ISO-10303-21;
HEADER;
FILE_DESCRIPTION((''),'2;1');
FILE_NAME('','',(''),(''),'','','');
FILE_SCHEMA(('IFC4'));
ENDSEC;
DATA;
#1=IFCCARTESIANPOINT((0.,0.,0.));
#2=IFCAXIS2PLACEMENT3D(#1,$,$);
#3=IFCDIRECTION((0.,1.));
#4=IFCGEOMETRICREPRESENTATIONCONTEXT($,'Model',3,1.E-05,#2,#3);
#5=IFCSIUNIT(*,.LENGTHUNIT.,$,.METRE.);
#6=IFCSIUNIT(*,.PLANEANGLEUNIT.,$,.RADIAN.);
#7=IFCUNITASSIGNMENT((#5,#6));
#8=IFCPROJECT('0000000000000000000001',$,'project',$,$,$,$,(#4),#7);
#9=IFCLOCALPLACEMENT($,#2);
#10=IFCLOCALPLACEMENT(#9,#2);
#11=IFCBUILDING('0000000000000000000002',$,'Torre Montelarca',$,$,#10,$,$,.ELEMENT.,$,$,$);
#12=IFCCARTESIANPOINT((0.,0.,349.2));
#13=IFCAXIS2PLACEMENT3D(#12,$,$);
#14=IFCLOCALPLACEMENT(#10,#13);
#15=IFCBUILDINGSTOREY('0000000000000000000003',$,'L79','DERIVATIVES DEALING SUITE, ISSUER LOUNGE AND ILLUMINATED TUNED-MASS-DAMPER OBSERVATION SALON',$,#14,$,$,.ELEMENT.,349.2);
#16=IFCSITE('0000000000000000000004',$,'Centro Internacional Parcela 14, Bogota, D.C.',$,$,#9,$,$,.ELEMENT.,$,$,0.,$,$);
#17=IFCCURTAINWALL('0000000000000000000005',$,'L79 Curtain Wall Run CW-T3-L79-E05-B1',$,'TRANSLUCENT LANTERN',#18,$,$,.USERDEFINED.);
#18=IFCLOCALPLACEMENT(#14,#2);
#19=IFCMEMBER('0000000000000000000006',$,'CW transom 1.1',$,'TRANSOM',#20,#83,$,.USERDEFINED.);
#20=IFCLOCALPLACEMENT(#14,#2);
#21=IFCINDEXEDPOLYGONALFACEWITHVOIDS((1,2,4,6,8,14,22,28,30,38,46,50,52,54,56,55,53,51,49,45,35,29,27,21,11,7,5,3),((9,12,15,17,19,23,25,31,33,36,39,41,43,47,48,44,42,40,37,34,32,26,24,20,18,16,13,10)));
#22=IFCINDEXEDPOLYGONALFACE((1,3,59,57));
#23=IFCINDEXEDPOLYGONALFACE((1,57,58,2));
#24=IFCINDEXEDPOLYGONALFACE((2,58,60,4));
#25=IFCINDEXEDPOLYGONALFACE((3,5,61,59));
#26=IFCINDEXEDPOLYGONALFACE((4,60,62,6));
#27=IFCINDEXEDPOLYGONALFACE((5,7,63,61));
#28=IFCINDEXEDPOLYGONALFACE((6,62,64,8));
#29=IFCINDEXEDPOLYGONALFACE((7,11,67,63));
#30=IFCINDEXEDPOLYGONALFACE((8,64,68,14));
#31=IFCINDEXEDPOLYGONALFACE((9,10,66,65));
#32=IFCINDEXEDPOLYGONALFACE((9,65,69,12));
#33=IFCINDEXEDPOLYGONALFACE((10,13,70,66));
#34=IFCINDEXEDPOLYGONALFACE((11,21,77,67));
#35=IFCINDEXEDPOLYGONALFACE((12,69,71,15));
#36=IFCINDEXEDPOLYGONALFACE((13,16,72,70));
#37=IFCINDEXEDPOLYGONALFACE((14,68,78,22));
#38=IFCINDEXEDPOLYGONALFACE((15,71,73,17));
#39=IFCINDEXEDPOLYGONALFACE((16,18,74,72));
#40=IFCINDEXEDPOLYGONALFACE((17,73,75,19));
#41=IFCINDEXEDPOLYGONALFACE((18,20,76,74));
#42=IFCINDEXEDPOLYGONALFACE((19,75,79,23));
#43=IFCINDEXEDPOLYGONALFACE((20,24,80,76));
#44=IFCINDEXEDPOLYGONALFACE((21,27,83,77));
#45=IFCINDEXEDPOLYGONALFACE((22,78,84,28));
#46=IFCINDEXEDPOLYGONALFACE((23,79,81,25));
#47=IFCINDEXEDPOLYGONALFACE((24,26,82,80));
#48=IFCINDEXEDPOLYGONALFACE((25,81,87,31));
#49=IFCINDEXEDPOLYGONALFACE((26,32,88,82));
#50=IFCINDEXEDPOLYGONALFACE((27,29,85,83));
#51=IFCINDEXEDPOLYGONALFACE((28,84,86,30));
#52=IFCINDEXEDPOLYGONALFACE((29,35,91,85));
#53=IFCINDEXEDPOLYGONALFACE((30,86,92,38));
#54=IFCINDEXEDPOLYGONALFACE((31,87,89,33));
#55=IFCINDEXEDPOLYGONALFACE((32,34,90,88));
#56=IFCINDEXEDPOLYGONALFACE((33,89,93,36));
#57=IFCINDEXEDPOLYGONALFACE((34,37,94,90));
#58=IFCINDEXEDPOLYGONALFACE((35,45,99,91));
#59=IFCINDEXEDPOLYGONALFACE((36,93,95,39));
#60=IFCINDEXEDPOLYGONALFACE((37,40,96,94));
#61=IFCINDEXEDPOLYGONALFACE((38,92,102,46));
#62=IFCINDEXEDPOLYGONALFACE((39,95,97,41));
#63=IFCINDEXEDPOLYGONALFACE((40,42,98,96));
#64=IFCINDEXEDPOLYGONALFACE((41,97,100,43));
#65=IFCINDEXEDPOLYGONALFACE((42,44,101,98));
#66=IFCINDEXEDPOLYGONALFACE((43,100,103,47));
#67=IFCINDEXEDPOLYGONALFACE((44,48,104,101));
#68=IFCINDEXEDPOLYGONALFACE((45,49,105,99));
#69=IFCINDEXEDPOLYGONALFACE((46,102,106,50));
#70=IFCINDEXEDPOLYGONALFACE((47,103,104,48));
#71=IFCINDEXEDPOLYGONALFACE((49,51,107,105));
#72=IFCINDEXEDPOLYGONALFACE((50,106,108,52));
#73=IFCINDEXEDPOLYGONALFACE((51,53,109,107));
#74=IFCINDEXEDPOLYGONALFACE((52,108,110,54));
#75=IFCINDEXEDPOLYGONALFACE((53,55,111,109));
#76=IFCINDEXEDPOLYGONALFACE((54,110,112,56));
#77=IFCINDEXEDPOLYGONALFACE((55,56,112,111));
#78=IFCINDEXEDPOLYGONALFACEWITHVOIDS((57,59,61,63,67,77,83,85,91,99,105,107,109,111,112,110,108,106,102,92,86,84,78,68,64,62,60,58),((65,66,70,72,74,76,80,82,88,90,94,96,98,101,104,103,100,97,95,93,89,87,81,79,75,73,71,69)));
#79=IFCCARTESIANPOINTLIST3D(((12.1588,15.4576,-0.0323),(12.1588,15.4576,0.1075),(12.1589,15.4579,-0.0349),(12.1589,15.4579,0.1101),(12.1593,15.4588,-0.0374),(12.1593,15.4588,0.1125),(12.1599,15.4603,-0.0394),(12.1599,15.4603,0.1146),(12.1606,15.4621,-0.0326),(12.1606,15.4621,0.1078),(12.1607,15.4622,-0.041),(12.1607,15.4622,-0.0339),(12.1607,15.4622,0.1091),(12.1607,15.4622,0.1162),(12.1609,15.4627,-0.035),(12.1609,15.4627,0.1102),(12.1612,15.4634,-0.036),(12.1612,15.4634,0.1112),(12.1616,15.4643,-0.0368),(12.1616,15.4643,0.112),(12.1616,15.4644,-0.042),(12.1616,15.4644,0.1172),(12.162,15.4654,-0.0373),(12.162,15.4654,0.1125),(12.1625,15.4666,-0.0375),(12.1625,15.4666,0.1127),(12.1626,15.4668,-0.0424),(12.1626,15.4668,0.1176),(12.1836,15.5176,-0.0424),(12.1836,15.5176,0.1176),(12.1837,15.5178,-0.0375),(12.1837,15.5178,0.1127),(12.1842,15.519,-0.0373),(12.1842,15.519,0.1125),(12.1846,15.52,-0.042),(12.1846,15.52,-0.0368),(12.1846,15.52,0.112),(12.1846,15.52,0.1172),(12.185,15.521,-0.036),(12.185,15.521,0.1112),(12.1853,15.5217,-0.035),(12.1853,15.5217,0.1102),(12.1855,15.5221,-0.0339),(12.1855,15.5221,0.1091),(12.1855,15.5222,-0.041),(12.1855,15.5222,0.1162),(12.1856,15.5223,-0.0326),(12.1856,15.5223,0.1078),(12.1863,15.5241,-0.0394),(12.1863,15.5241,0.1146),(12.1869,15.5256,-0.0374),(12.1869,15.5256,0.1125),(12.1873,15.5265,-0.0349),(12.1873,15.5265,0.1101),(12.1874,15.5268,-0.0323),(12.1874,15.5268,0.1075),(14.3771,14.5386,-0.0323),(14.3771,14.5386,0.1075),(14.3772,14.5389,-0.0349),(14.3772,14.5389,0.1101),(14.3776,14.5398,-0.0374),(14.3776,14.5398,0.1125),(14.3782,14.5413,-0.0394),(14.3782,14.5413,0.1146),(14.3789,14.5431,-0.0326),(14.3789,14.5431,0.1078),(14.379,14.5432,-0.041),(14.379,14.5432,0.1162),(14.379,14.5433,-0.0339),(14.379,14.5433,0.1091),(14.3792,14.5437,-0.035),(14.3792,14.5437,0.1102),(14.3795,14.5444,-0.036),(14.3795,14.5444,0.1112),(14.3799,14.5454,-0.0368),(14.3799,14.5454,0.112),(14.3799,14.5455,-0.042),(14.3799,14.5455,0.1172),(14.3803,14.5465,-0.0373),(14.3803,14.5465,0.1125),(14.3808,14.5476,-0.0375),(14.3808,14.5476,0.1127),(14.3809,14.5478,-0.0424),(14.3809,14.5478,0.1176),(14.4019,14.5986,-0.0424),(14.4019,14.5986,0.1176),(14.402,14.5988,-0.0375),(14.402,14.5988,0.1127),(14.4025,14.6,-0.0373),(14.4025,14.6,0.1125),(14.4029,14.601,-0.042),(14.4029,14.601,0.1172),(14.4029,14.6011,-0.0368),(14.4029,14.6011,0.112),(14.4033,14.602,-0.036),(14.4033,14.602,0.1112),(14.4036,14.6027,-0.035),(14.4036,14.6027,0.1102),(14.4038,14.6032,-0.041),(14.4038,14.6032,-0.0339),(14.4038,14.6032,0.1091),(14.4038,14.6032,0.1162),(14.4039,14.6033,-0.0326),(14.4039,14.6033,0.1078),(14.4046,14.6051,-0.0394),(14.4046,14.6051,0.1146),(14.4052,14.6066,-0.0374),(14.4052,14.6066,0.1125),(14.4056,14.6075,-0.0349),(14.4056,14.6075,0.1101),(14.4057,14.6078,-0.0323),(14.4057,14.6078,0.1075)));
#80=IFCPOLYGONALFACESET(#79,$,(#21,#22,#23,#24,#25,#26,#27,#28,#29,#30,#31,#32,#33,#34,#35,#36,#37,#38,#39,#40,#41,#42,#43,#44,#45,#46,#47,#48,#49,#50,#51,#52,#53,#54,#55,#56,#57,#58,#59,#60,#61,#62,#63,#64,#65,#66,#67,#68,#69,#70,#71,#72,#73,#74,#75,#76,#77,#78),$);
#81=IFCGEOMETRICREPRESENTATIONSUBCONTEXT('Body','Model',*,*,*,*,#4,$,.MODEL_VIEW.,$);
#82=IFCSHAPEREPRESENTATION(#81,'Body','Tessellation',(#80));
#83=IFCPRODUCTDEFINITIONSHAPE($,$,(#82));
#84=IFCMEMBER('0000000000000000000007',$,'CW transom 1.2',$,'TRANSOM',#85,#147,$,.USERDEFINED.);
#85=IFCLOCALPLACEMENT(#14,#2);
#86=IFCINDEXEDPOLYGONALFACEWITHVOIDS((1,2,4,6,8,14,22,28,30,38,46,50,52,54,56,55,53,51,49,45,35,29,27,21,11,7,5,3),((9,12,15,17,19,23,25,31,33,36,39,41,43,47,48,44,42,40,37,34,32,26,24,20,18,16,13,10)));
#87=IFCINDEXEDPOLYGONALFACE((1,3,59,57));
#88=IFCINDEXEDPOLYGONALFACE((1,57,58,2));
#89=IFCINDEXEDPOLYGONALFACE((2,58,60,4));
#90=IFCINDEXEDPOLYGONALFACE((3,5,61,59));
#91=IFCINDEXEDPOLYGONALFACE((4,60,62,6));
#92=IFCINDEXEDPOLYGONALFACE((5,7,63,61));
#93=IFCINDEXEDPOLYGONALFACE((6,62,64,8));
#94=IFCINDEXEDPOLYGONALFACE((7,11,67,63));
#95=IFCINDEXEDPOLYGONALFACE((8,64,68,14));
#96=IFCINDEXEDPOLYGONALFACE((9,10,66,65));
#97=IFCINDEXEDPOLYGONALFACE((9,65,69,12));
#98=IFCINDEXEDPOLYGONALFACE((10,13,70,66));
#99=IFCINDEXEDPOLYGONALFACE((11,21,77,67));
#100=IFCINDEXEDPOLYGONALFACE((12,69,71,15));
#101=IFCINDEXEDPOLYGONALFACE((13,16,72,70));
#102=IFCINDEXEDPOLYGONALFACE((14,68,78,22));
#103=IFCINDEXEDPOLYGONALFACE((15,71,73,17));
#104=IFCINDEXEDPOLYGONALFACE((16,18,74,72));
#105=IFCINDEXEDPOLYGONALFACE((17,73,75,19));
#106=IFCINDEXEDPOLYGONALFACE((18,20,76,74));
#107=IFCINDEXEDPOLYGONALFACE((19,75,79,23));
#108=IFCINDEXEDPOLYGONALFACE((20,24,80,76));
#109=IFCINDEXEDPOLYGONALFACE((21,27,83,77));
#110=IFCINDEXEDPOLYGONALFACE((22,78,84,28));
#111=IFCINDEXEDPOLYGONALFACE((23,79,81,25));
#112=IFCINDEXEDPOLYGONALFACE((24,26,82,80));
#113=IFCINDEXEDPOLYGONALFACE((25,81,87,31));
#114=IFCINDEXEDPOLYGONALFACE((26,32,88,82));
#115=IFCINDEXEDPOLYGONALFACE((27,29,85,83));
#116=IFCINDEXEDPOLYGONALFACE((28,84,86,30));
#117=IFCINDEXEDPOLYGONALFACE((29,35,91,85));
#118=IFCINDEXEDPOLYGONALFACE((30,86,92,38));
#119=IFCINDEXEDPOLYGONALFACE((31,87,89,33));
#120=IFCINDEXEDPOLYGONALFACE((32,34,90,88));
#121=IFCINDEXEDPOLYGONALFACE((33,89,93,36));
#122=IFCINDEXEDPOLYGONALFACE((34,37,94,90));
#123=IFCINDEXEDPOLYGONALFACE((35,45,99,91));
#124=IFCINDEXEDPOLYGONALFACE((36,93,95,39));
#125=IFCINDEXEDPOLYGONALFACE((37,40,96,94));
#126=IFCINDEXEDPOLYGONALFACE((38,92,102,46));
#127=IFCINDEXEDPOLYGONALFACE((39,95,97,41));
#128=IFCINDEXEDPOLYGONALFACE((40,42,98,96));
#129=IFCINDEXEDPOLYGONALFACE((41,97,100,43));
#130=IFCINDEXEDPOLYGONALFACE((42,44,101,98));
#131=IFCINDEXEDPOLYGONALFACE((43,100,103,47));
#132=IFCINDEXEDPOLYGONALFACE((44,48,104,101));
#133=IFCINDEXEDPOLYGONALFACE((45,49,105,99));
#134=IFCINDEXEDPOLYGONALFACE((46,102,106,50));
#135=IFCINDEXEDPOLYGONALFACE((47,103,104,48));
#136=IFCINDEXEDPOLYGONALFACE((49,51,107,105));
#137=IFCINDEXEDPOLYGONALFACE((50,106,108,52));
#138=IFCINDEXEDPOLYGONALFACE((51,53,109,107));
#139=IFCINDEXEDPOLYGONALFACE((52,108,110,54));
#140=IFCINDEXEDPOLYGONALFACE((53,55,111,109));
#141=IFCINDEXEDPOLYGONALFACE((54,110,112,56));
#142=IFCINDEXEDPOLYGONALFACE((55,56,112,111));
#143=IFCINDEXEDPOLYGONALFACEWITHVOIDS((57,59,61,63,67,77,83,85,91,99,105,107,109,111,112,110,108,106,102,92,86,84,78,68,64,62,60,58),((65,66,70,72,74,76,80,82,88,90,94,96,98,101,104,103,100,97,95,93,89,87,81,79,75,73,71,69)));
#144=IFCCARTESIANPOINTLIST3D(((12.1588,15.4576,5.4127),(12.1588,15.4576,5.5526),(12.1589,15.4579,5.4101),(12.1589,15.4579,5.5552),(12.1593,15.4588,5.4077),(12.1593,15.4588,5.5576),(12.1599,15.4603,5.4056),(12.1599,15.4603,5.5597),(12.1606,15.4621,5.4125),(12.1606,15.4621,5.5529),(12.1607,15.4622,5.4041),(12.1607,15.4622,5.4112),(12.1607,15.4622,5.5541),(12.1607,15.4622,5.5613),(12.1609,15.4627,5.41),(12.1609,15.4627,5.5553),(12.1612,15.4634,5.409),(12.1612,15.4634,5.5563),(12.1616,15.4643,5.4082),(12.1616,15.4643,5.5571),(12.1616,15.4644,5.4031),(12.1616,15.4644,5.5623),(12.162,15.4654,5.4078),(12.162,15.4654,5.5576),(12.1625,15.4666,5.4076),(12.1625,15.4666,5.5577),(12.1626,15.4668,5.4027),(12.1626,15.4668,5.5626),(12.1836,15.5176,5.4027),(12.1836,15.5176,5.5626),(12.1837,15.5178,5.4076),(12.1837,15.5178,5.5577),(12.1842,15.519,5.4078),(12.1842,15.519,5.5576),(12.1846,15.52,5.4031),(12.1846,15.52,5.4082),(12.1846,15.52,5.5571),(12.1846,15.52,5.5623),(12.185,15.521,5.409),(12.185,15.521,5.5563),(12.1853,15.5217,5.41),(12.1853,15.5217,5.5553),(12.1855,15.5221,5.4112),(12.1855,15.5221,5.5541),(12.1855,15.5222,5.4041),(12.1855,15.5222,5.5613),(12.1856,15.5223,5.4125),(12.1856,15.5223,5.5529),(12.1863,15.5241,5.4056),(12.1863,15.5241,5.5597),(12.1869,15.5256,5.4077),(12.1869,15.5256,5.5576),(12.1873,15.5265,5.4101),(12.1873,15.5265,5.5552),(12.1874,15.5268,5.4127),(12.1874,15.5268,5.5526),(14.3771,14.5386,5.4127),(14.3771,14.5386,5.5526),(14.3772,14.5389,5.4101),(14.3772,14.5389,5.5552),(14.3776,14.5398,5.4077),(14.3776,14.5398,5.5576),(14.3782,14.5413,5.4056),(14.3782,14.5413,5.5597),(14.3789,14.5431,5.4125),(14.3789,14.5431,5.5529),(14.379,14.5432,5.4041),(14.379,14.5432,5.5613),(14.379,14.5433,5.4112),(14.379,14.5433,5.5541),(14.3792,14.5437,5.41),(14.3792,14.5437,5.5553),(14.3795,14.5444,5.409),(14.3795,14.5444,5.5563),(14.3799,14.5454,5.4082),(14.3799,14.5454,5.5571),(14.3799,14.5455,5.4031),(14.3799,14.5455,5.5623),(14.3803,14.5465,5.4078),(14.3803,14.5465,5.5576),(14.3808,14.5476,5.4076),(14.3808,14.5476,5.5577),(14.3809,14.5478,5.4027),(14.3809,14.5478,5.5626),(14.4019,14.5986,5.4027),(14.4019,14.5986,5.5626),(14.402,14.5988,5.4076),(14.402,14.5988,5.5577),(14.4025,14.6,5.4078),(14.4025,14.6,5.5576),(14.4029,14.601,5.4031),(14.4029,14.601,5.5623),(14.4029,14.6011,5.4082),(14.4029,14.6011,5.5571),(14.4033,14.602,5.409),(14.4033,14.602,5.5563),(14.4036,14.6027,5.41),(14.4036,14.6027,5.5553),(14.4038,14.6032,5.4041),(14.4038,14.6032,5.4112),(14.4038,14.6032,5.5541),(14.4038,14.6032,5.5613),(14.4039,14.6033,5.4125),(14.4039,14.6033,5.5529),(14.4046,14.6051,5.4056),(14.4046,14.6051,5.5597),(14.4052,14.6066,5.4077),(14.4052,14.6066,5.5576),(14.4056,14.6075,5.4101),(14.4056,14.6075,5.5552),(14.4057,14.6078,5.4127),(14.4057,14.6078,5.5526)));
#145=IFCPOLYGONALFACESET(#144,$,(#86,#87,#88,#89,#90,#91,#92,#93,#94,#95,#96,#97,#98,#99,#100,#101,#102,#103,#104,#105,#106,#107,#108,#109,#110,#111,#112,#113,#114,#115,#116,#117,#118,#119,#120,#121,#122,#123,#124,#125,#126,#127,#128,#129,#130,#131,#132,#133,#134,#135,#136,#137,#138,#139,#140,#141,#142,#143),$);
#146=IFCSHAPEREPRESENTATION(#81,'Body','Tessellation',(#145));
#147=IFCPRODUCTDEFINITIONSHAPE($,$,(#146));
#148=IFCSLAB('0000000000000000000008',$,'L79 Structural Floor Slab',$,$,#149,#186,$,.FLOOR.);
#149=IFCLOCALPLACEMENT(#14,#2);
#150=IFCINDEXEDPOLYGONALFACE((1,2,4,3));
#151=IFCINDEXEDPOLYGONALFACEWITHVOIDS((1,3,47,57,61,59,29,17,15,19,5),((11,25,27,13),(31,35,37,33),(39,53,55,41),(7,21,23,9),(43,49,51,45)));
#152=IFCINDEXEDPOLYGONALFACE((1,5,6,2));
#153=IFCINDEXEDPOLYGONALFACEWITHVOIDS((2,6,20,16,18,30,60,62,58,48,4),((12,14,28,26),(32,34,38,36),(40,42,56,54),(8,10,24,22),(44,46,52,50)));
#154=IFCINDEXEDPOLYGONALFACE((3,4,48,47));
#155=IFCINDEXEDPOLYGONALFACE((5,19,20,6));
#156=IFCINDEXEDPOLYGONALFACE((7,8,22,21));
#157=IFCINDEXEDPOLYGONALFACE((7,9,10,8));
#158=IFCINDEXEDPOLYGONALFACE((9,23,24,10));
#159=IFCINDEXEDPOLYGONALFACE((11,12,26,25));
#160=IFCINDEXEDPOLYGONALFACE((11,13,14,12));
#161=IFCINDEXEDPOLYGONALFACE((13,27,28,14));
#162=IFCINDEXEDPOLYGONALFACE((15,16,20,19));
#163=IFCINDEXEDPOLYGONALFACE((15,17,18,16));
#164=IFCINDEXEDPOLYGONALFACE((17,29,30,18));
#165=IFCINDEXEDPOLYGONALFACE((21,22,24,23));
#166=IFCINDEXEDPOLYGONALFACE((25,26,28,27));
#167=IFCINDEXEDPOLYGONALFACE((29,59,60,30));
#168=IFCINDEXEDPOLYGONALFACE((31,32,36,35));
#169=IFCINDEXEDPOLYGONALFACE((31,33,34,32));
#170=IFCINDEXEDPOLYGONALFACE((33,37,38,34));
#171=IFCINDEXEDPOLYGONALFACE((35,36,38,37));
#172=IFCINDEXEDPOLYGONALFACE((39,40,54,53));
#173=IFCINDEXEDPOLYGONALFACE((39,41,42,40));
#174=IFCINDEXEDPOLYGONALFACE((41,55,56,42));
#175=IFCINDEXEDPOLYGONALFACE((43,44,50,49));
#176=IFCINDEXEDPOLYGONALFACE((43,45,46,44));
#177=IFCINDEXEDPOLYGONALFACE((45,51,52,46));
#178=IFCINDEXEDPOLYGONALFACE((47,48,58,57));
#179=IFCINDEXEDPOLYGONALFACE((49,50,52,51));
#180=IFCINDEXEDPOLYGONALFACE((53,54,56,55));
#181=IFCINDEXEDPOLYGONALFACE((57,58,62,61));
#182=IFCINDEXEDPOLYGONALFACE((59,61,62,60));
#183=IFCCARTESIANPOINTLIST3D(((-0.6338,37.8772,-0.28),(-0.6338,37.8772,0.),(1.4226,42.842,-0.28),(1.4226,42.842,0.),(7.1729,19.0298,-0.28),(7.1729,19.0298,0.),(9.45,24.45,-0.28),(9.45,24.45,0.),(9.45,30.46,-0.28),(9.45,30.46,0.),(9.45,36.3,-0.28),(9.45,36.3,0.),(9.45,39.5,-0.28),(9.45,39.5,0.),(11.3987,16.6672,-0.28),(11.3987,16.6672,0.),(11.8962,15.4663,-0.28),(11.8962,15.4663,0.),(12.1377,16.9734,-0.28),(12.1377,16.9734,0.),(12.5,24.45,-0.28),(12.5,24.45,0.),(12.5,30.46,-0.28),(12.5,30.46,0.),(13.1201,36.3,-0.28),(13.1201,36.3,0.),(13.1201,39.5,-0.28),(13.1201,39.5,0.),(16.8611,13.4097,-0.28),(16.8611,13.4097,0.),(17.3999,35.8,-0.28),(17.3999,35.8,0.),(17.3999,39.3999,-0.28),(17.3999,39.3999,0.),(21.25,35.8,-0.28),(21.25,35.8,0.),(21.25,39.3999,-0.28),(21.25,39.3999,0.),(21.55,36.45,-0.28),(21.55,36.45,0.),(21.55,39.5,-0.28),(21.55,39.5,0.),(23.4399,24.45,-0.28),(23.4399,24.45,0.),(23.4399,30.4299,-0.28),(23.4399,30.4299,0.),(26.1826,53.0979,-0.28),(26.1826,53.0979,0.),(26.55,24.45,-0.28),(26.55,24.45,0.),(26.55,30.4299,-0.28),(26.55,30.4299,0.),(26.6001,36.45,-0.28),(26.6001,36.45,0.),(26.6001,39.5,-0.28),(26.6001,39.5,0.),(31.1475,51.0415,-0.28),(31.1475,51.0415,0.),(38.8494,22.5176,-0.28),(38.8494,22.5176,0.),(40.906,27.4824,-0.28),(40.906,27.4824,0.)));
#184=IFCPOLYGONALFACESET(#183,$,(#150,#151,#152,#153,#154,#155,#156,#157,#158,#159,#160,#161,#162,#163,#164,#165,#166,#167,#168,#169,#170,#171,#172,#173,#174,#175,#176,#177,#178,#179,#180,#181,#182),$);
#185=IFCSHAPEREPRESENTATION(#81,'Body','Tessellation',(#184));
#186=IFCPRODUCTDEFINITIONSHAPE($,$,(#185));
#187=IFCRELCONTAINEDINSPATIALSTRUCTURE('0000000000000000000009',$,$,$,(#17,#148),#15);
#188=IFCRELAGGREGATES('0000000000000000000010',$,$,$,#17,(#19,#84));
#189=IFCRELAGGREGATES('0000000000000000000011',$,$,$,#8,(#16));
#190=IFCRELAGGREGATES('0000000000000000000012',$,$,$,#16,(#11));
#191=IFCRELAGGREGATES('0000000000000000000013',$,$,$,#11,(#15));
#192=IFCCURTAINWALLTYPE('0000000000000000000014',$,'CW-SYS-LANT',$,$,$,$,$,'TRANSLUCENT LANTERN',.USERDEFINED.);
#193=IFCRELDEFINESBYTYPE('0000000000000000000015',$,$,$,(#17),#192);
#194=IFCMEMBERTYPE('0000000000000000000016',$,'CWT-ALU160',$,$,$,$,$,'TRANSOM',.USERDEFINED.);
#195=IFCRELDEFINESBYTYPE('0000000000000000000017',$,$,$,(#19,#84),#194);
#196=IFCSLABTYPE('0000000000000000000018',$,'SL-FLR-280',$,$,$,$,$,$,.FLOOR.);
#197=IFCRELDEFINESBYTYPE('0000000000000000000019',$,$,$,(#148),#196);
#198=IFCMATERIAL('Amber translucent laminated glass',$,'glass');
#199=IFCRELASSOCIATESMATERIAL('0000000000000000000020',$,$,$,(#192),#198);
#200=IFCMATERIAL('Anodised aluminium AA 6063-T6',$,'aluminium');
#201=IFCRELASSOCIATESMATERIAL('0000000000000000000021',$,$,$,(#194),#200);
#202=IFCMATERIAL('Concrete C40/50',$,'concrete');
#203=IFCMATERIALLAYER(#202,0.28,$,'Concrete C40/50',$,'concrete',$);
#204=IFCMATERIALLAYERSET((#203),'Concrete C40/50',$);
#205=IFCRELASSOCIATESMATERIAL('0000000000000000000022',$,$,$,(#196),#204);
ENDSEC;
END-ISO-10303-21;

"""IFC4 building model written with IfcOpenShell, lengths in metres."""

from ifc_helpers import new_model, si_unit, direction, frame, origin, origin_2d, place, context, subcontext, project, spatial, polyline, hollow_rectangle, outline, extrude, source, transform, mapped, material, layer, layer_set, material_profile, profile_set, type_object, element, aggregate, save


model = new_model("IFC4")

# Units and contexts
model_context = context("Model", 3, precision=1e-05, world=origin(), true_north=direction((0.0, 1.0)))
body_context = subcontext(model_context, "Body", "Model", "MODEL_VIEW")
ifc_project = project(units=[si_unit("LENGTHUNIT", "METRE"), si_unit("PLANEANGLEUNIT", "RADIAN")], contexts=[model_context])

# Site, building, storey
site_placement = place(None, origin())
site = spatial("IfcSite", under=ifc_project, at=site_placement, Name="Centro Internacional Parcela 14, Bogota, D.C.", CompositionType="ELEMENT", RefElevation=0.0)
building_placement = place(site_placement, origin())
building = spatial("IfcBuilding", under=site, at=building_placement, Name="Torre Montelarca", CompositionType="ELEMENT")
storey_placement = place(building_placement, frame((0.0, 0.0, 349.2)))
storey = spatial("IfcBuildingStorey", under=building, at=storey_placement, Name="L79", Description="DERIVATIVES DEALING SUITE, ISSUER LOUNGE AND ILLUMINATED TUNED-MASS-DAMPER OBSERVATION SALON", CompositionType="ELEMENT", Elevation=349.2)

# Curtain wall
ifc_material_1 = material(Name="Amber translucent laminated glass", Category="glass")
curtain_wall_type = type_object("IfcCurtainWallType", Name="CW-SYS-LANT", ElementType="TRANSLUCENT LANTERN", PredefinedType="USERDEFINED", material=ifc_material_1)
ifc_material_2 = material(Name="Anodised aluminium AA 6063-T6", Category="aluminium")
curtain_wall_1_placement = place(storey_placement, origin())
curtain_wall_1 = element("IfcCurtainWall", 1, at=curtain_wall_1_placement, inside=storey, type_object=curtain_wall_type, Name="L79 Curtain Wall Run CW-T3-L79-E05-B1", ObjectType="TRANSLUCENT LANTERN", PredefinedType="USERDEFINED")

# Members
ifc_material_profile_1 = material_profile(ifc_material_2, hollow_rectangle(XDim=0.075, YDim=0.1599, WallThickness=0.0049, InnerFilletRadius=0.0049, OuterFilletRadius=0.01, at=origin_2d()), Name="ALU75X160X5", Category="aluminium")
ifc_profile_set_1 = profile_set([ifc_material_profile_1], Name="Anodised aluminium AA 6063-T6")
member_type_1 = type_object("IfcMemberType", Name="CWT-ALU160", ElementType="TRANSOM", PredefinedType="USERDEFINED", material=ifc_profile_set_1)
shared_shape_1 = source(origin(), body_context, "Body", "SweptSolid", [
    extrude(hollow_rectangle(XDim=0.075, YDim=0.1599, WallThickness=0.0049, InnerFilletRadius=0.0049, OuterFilletRadius=0.01, at=origin_2d()), origin(), (0.0, 0.0, 1.0), 2.4011),
])
member_1_placement = place(storey_placement, frame((12.1731, 15.4922, 0.0376), z_axis=(0.923863, -0.382723, 0.0), x_axis=(0.382723, 0.923863, 0.0)))
member_1 = element("IfcMember", 2, at=member_1_placement, type_object=member_type_1, Name="CW transom 1.1", ObjectType="TRANSOM", PredefinedType="USERDEFINED", context=body_context, shape_type="MappedRepresentation", body=[
    mapped(shared_shape_1, transform((0.0, 0.0, 0.0), scale=1.0)),
])
member_2_placement = place(storey_placement, frame((12.1731, 15.4922, 5.4827), z_axis=(0.923863, -0.382723, 0.0), x_axis=(0.382723, 0.923863, 0.0)))
member_2 = element("IfcMember", 3, at=member_2_placement, type_object=member_type_1, Name="CW transom 1.2", ObjectType="TRANSOM", PredefinedType="USERDEFINED", context=body_context, shape_type="MappedRepresentation", body=[
    mapped(shared_shape_1, transform((0.0, 0.0, 0.0), scale=1.0)),
])

# Slab
ifc_material_3 = material(Name="Concrete C40/50", Category="concrete")
ifc_layer_1 = layer(ifc_material_3, 0.28, Name="Concrete C40/50", Category="concrete")
ifc_layer_set_1 = layer_set([ifc_layer_1], Name="Concrete C40/50")
slab_type_1 = type_object("IfcSlabType", Name="SL-FLR-280", PredefinedType="FLOOR", material=ifc_layer_set_1)
slab_1_placement = place(storey_placement, frame((0.0, 0.0, -0.28)))
element("IfcSlab", 4, at=slab_1_placement, inside=storey, type_object=slab_type_1, Name="L79 Structural Floor Slab", PredefinedType="FLOOR", context=body_context, shape_type="SweptSolid", body=[
    extrude(outline(polyline([(7.1729, 19.0298), (12.1377, 16.9734), (11.3987, 16.6672), (11.8962, 15.4663), (16.8611, 13.4097), (38.8494, 22.5176), (40.906, 27.4824), (31.1475, 51.0415), (26.1826, 53.0979), (1.4226, 42.842), (-0.6338, 37.8772), (7.1729, 19.0298)]), holes=[polyline([(26.55, 24.45), (23.4399, 24.45), (23.4399, 30.4299), (26.55, 30.4299), (26.55, 24.45)]), polyline([(12.5, 24.45), (9.45, 24.45), (9.45, 30.46), (12.5, 30.46), (12.5, 24.45)]), polyline([(21.25, 39.3999), (21.25, 35.8), (17.3999, 35.8), (17.3999, 39.3999), (21.25, 39.3999)]), polyline([(13.1201, 36.3), (9.45, 36.3), (9.45, 39.5), (13.1201, 39.5), (13.1201, 36.3)]), polyline([(26.6001, 36.45), (21.55, 36.45), (21.55, 39.5), (26.6001, 39.5), (26.6001, 36.45)])]), origin(), (0.0, 0.0, 1.0), 0.28),
])

aggregate(curtain_wall_1, [member_1, member_2])

save(model, "model.ifc")
